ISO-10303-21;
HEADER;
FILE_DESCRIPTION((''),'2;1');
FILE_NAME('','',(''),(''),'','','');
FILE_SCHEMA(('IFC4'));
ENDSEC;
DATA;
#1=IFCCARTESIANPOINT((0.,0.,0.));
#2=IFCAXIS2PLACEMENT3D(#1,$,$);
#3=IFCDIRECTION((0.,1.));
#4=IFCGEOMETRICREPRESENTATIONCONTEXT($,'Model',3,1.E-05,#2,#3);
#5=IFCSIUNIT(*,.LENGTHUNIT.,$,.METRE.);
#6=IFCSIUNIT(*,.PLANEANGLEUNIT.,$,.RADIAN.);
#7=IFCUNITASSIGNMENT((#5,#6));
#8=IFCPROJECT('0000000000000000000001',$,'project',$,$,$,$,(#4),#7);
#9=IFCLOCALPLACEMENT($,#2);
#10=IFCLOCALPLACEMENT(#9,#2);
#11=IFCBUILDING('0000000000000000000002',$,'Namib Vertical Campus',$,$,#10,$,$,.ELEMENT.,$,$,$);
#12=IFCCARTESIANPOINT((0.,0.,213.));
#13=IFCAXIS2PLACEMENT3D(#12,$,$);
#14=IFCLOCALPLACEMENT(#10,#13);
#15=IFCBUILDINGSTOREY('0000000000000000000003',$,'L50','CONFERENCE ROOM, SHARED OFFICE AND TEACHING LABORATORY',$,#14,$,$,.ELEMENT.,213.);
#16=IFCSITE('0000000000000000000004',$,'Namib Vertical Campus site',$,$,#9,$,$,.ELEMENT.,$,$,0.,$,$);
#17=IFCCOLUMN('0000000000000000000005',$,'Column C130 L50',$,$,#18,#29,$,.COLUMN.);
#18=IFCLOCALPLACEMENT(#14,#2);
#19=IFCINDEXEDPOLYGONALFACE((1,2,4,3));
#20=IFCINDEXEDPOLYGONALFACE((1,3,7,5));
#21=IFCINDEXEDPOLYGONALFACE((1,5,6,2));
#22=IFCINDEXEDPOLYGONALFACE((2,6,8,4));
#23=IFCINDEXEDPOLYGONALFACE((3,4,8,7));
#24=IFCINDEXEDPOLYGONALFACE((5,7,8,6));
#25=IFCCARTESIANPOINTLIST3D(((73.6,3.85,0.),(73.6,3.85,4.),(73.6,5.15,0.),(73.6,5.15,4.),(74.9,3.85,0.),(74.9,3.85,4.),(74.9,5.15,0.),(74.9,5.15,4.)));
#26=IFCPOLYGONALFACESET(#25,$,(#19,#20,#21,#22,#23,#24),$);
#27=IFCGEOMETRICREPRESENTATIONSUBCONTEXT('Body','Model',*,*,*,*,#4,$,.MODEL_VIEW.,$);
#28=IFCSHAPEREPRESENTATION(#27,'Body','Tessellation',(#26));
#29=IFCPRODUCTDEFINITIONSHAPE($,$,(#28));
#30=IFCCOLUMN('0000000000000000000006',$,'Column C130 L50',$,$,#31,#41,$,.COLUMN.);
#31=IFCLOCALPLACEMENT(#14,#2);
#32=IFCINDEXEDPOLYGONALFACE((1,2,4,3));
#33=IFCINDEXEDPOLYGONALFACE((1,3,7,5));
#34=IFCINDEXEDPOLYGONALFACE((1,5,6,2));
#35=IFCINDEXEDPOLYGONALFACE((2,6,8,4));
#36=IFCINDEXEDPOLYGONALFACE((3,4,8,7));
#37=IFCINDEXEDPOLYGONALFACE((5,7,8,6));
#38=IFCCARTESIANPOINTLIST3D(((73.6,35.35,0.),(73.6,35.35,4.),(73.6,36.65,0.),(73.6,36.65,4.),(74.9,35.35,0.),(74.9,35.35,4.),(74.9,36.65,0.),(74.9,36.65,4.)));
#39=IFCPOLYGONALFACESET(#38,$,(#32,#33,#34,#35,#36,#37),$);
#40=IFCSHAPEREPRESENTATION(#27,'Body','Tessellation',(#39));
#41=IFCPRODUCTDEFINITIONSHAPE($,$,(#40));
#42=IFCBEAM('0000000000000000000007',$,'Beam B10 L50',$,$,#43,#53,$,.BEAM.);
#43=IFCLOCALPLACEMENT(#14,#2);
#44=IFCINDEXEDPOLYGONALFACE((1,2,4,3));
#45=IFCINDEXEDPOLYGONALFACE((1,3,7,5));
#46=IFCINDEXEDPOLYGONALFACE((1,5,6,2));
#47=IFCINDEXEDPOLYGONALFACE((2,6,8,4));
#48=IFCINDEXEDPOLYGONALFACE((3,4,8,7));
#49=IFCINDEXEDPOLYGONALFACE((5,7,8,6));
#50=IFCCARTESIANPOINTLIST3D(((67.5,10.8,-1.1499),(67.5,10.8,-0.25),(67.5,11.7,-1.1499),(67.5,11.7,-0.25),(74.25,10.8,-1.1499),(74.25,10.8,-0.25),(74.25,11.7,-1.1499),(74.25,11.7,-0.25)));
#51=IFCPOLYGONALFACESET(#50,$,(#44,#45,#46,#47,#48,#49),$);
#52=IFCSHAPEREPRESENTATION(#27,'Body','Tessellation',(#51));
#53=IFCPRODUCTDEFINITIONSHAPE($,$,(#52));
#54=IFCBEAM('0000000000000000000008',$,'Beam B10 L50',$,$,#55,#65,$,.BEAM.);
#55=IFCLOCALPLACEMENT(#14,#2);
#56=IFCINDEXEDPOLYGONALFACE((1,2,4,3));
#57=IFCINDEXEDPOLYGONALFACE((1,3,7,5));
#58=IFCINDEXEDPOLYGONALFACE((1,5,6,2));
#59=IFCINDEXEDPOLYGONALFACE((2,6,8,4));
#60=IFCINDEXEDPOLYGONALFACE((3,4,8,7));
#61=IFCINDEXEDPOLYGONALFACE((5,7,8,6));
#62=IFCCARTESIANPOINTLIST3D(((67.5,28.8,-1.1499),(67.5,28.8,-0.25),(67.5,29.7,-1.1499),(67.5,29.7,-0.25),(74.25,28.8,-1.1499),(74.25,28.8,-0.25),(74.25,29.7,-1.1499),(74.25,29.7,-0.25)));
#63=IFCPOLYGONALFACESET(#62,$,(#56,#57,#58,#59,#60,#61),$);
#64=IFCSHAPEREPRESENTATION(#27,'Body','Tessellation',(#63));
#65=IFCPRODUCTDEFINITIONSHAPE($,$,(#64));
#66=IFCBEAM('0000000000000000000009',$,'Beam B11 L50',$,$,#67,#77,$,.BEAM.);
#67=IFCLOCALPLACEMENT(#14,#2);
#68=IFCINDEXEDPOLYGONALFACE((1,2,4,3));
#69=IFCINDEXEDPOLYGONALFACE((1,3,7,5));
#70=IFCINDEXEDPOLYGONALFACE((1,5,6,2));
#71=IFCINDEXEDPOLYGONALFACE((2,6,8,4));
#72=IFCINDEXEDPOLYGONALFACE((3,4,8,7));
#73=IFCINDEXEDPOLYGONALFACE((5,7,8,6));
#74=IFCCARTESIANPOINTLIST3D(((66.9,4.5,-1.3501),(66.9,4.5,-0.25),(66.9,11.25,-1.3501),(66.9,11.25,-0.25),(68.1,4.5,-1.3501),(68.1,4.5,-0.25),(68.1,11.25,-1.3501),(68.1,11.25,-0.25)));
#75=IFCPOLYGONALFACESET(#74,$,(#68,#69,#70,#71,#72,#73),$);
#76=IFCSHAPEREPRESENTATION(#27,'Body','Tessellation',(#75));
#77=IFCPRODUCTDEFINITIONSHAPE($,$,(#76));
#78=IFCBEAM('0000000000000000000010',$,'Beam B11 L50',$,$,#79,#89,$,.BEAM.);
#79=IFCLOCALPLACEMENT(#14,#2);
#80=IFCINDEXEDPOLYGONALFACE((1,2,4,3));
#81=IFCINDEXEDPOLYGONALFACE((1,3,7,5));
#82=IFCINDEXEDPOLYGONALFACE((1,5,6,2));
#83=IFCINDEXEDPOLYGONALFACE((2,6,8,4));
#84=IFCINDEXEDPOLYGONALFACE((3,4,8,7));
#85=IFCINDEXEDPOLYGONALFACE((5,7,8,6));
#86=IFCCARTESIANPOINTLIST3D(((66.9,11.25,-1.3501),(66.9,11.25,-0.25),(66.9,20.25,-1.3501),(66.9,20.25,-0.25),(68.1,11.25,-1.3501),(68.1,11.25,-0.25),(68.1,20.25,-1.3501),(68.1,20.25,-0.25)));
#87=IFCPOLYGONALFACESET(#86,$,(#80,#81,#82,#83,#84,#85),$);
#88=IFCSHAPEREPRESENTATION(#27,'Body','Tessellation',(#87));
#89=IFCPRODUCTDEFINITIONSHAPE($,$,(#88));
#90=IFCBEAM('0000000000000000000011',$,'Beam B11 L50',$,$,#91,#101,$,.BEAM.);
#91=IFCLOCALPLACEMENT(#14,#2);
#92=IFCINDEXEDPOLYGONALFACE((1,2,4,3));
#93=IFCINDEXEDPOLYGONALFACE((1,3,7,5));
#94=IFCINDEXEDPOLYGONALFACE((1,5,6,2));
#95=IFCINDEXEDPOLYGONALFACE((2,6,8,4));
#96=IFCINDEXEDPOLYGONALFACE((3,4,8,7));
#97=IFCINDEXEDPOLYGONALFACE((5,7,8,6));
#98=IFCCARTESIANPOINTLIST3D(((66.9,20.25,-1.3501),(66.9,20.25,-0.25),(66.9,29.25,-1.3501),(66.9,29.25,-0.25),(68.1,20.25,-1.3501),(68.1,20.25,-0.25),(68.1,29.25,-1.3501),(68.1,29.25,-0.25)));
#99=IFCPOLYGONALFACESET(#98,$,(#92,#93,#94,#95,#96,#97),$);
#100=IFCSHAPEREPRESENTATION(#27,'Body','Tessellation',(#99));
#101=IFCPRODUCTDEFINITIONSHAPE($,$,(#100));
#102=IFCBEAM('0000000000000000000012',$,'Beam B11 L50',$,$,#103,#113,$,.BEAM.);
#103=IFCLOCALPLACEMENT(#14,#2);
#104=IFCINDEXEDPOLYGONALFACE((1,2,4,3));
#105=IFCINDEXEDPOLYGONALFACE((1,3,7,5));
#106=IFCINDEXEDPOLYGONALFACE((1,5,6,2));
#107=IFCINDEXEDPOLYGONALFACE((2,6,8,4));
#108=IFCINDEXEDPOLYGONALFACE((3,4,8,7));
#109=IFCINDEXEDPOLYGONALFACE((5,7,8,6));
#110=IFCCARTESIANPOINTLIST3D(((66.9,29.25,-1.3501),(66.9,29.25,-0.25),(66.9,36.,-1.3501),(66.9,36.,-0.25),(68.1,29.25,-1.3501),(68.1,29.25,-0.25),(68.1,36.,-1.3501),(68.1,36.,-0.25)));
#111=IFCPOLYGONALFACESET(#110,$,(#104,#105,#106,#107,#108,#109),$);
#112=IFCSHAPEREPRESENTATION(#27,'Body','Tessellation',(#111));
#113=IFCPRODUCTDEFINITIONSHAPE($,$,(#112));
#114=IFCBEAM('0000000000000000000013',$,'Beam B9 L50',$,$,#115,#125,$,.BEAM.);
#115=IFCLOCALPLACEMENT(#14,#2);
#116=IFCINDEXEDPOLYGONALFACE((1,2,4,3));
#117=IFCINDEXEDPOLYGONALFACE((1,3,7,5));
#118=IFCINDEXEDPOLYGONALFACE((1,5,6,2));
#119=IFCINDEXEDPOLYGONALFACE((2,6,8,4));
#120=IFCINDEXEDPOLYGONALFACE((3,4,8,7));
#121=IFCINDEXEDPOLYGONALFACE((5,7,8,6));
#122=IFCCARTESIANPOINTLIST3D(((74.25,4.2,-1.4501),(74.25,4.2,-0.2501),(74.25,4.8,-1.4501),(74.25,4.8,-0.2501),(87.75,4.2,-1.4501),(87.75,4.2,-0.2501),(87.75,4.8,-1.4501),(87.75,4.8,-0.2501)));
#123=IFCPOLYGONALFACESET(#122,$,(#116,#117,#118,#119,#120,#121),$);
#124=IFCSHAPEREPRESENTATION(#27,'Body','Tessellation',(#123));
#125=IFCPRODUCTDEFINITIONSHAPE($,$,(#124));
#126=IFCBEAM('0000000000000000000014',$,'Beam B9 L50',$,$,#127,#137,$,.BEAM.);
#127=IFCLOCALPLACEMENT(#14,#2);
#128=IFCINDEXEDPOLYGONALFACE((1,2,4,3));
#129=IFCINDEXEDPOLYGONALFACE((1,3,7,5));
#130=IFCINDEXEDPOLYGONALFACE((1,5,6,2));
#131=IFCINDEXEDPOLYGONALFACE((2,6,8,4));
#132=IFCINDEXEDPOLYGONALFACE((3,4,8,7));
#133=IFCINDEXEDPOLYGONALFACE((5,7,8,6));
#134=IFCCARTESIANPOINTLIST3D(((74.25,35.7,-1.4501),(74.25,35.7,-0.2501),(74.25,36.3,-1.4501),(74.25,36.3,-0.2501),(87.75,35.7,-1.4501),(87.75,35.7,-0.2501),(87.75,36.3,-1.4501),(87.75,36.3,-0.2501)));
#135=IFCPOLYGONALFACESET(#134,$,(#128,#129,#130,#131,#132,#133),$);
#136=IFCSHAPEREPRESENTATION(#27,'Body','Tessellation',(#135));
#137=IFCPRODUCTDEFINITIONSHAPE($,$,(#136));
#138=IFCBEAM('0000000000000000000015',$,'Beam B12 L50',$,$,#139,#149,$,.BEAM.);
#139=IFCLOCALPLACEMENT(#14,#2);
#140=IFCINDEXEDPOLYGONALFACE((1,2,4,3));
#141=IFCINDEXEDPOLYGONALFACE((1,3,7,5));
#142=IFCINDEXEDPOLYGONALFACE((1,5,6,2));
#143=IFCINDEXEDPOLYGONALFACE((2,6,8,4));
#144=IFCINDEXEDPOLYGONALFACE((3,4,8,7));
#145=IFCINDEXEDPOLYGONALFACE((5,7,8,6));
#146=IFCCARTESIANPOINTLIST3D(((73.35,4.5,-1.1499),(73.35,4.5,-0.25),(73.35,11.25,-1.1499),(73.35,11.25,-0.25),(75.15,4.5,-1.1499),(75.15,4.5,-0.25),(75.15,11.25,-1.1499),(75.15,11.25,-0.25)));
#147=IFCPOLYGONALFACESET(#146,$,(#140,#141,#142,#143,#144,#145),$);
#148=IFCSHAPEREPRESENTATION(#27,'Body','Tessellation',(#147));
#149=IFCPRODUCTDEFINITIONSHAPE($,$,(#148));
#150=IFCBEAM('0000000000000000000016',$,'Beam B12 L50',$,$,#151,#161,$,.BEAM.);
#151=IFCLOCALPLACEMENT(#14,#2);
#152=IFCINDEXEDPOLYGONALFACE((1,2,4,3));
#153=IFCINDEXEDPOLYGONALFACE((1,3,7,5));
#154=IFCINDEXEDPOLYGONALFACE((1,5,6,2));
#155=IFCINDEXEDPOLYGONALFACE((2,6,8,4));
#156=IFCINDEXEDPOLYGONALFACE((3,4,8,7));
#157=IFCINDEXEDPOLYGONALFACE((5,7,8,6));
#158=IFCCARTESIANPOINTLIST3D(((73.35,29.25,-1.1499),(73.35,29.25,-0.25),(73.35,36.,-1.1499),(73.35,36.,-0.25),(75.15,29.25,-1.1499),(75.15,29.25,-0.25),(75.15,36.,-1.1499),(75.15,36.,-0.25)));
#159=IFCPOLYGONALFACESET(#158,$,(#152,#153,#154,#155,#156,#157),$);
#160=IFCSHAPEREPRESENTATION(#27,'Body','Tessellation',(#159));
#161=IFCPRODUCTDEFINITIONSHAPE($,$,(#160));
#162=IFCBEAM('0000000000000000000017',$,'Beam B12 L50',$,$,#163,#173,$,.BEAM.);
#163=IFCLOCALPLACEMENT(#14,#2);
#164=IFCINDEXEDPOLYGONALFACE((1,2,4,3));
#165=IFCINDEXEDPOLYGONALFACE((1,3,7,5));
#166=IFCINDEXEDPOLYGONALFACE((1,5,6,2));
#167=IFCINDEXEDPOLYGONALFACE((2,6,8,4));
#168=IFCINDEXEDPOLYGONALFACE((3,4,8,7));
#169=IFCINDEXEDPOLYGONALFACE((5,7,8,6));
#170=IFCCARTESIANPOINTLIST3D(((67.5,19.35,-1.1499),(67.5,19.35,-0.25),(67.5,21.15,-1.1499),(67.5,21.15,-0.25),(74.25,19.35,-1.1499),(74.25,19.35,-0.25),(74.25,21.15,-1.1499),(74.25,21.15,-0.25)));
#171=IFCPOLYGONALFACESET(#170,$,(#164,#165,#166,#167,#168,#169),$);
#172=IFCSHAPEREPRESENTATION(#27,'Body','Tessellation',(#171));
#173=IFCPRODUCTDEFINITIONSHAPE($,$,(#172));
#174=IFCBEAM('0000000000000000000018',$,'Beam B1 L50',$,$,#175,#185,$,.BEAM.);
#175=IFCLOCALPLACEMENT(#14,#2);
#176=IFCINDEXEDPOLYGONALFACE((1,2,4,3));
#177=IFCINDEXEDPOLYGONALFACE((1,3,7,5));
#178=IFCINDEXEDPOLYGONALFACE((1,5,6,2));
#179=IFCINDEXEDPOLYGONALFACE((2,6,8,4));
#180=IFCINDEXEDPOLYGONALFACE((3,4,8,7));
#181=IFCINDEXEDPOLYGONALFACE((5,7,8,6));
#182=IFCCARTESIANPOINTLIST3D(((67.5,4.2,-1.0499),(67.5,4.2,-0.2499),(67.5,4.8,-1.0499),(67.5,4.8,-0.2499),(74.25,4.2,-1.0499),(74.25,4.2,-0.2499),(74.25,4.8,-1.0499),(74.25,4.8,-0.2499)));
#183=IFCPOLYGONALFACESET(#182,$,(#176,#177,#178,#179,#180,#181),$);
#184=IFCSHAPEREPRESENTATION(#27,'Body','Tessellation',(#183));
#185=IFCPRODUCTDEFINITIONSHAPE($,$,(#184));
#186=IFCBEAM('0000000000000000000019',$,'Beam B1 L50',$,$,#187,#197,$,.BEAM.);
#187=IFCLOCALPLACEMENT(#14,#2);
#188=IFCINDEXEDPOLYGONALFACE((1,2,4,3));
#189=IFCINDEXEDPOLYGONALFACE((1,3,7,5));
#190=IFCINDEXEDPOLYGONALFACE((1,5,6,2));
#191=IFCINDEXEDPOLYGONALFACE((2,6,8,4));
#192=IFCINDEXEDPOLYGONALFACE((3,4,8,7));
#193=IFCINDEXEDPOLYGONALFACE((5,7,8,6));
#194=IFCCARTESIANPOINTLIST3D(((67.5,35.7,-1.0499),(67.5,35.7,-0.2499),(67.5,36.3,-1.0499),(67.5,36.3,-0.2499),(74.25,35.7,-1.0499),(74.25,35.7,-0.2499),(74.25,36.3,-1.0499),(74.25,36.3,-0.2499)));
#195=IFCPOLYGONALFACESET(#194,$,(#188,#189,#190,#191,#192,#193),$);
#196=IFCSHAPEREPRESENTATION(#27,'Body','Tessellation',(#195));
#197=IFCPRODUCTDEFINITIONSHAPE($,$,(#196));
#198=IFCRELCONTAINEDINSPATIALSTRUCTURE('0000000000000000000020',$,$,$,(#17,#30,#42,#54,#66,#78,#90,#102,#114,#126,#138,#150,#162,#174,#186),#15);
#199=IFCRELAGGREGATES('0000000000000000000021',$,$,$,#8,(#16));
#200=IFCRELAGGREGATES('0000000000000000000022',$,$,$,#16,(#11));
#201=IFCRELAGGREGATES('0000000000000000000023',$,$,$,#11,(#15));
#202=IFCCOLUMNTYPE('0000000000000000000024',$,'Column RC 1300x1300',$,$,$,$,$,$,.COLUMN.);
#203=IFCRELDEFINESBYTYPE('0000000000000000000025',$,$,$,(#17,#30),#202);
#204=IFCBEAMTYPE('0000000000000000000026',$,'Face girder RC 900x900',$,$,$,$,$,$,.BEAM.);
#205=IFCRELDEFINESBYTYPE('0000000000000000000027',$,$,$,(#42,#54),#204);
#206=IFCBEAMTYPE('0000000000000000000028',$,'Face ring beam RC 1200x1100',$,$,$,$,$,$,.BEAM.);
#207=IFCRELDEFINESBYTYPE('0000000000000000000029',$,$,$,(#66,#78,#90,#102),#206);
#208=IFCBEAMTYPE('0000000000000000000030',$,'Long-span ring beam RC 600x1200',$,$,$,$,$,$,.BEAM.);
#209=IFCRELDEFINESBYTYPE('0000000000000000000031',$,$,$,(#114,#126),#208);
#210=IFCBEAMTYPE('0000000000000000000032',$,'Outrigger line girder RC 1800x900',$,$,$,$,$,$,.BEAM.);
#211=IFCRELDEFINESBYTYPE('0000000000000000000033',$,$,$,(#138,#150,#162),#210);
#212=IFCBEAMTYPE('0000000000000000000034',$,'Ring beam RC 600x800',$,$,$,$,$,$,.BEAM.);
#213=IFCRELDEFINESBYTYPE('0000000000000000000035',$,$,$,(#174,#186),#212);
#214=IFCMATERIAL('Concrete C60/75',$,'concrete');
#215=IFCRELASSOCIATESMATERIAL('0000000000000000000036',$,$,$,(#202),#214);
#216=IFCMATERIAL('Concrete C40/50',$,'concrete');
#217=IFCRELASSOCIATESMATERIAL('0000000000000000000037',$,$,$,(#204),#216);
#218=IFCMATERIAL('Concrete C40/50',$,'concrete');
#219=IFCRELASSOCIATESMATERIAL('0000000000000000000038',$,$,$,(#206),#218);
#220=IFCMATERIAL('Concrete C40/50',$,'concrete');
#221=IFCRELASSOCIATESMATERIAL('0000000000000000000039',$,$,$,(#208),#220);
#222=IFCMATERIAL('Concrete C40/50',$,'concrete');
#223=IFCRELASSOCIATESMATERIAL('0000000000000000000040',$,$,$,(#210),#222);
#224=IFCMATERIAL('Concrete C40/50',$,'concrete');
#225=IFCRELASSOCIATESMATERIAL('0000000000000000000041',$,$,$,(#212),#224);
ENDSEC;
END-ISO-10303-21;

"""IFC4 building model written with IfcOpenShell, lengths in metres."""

from ifc_helpers import new_model, si_unit, direction, frame, origin, origin_2d, place, context, subcontext, project, spatial, rectangle, extrude, material, material_profile, profile_set, type_object, element, save


model = new_model("IFC4")

# Units and contexts
model_context = context("Model", 3, precision=1e-05, world=origin(), true_north=direction((0.0, 1.0)))
body_context = subcontext(model_context, "Body", "Model", "MODEL_VIEW")
ifc_project = project(units=[si_unit("LENGTHUNIT", "METRE"), si_unit("PLANEANGLEUNIT", "RADIAN")], contexts=[model_context])

# Site, building, storey
site_placement = place(None, origin())
site = spatial("IfcSite", under=ifc_project, at=site_placement, Name="Namib Vertical Campus site", CompositionType="ELEMENT", RefElevation=0.0)
building_placement = place(site_placement, origin())
building = spatial("IfcBuilding", under=site, at=building_placement, Name="Namib Vertical Campus", CompositionType="ELEMENT")
storey_placement = place(building_placement, frame((0.0, 0.0, 213.0)))
storey = spatial("IfcBuildingStorey", under=building, at=storey_placement, Name="L50", Description="CONFERENCE ROOM, SHARED OFFICE AND TEACHING LABORATORY", CompositionType="ELEMENT", Elevation=213.0)

# Columns
ifc_material_1 = material(Name="Concrete C60/75", Category="concrete")
ifc_material_profile_1 = material_profile(ifc_material_1, rectangle(XDim=1.3, YDim=1.3, at=origin_2d()))
ifc_profile_set_1 = profile_set([ifc_material_profile_1], Name="Concrete C60/75")
column_type = type_object("IfcColumnType", Name="Column RC 1300x1300", PredefinedType="COLUMN", material=ifc_profile_set_1)
for number, where, z_axis, x_axis, name in (
    (1, (74.25, 4.5, 0.0), (0.0, 0.0, 1.0), (1.0, 0.0, 0.0), "Column C130 L50"),
    (2, (74.25, 36.0, 0.0), (0.0, 0.0, 1.0), (1.0, 0.0, 0.0), "Column C130 L50"),
):
    element("IfcColumn", number, at=place(storey_placement, frame(where, z_axis=z_axis, x_axis=x_axis)), inside=storey, type_object=column_type, Name=name, PredefinedType="COLUMN", context=body_context, shape_type="SweptSolid", body=[
        extrude(rectangle(XDim=1.3, YDim=1.3, at=origin_2d()), origin(), (0.0, 0.0, 1.0), 4.0),
    ])

# Beams
ifc_material_2 = material(Name="Concrete C40/50", Category="concrete")
ifc_material_profile_2 = material_profile(ifc_material_2, rectangle(XDim=0.8999, YDim=0.8999, at=origin_2d()))
ifc_profile_set_2 = profile_set([ifc_material_profile_2], Name="Concrete C40/50")
beam_type_1 = type_object("IfcBeamType", Name="Face girder RC 900x900", PredefinedType="BEAM", material=ifc_profile_set_2)
for number, where, z_axis, x_axis, name in (
    (3, (67.5, 11.25, -0.7), (1.0, 0.0, 0.0), (0.0, 1.0, 0.0), "Beam B10 L50"),
    (4, (67.5, 29.25, -0.7), (1.0, 0.0, 0.0), (0.0, 1.0, 0.0), "Beam B10 L50"),
):
    element("IfcBeam", number, at=place(storey_placement, frame(where, z_axis=z_axis, x_axis=x_axis)), inside=storey, type_object=beam_type_1, Name=name, PredefinedType="BEAM", context=body_context, shape_type="SweptSolid", body=[
        extrude(rectangle(XDim=0.8999, YDim=0.8999, at=origin_2d()), origin(), (0.0, 0.0, 1.0), 6.75),
    ])
ifc_material_3 = material(Name="Concrete C40/50", Category="concrete")
ifc_material_profile_3 = material_profile(ifc_material_3, rectangle(XDim=1.2, YDim=1.1001, at=origin_2d()))
ifc_profile_set_3 = profile_set([ifc_material_profile_3], Name="Concrete C40/50")
beam_type_2 = type_object("IfcBeamType", Name="Face ring beam RC 1200x1100", PredefinedType="BEAM", material=ifc_profile_set_3)
beam_1_placement = place(storey_placement, frame((67.5, 4.5, -0.8), z_axis=(0.0, 1.0, 0.0), x_axis=(-1.0, 0.0, 0.0)))
element("IfcBeam", 5, at=beam_1_placement, inside=storey, type_object=beam_type_2, Name="Beam B11 L50", PredefinedType="BEAM", context=body_context, shape_type="SweptSolid", body=[
    extrude(rectangle(XDim=1.2, YDim=1.1001, at=origin_2d()), origin(), (0.0, 0.0, 1.0), 6.75),
])
for number, where, z_axis, x_axis, name in (
    (6, (67.5, 11.25, -0.8), (0.0, 1.0, 0.0), (-1.0, 0.0, 0.0), "Beam B11 L50"),
    (7, (67.5, 20.25, -0.8), (0.0, 1.0, 0.0), (-1.0, 0.0, 0.0), "Beam B11 L50"),
):
    element("IfcBeam", number, at=place(storey_placement, frame(where, z_axis=z_axis, x_axis=x_axis)), inside=storey, type_object=beam_type_2, Name=name, PredefinedType="BEAM", context=body_context, shape_type="SweptSolid", body=[
        extrude(rectangle(XDim=1.2, YDim=1.1001, at=origin_2d()), origin(), (0.0, 0.0, 1.0), 9.0),
    ])
beam_2_placement = place(storey_placement, frame((67.5, 29.25, -0.8), z_axis=(0.0, 1.0, 0.0), x_axis=(-1.0, 0.0, 0.0)))
element("IfcBeam", 8, at=beam_2_placement, inside=storey, type_object=beam_type_2, Name="Beam B11 L50", PredefinedType="BEAM", context=body_context, shape_type="SweptSolid", body=[
    extrude(rectangle(XDim=1.2, YDim=1.1001, at=origin_2d()), origin(), (0.0, 0.0, 1.0), 6.75),
])
ifc_material_4 = material(Name="Concrete C40/50", Category="concrete")
ifc_material_profile_4 = material_profile(ifc_material_4, rectangle(XDim=0.6001, YDim=1.2, at=origin_2d()))
ifc_profile_set_4 = profile_set([ifc_material_profile_4], Name="Concrete C40/50")
beam_type_3 = type_object("IfcBeamType", Name="Long-span ring beam RC 600x1200", PredefinedType="BEAM", material=ifc_profile_set_4)
for number, where, z_axis, x_axis, name in (
    (9, (74.25, 4.5, -0.8501), (1.0, 0.0, 0.0), (0.0, 1.0, 0.0), "Beam B9 L50"),
    (10, (74.25, 36.0, -0.8501), (1.0, 0.0, 0.0), (0.0, 1.0, 0.0), "Beam B9 L50"),
):
    element("IfcBeam", number, at=place(storey_placement, frame(where, z_axis=z_axis, x_axis=x_axis)), inside=storey, type_object=beam_type_3, Name=name, PredefinedType="BEAM", context=body_context, shape_type="SweptSolid", body=[
        extrude(rectangle(XDim=0.6001, YDim=1.2, at=origin_2d()), origin(), (0.0, 0.0, 1.0), 13.5),
    ])
ifc_material_5 = material(Name="Concrete C40/50", Category="concrete")
ifc_material_profile_5 = material_profile(ifc_material_5, rectangle(XDim=1.8, YDim=0.8999, at=origin_2d()))
ifc_profile_set_5 = profile_set([ifc_material_profile_5], Name="Concrete C40/50")
beam_type_4 = type_object("IfcBeamType", Name="Outrigger line girder RC 1800x900", PredefinedType="BEAM", material=ifc_profile_set_5)
for number, where, z_axis, x_axis, name in (
    (11, (74.25, 4.5, -0.7), (0.0, 1.0, 0.0), (-1.0, 0.0, 0.0), "Beam B12 L50"),
    (12, (74.25, 36.0, -0.7), (0.0, -1.0, 0.0), (1.0, 0.0, 0.0), "Beam B12 L50"),
    (13, (67.5, 20.25, -0.7), (1.0, 0.0, 0.0), (0.0, 1.0, 0.0), "Beam B12 L50"),
):
    element("IfcBeam", number, at=place(storey_placement, frame(where, z_axis=z_axis, x_axis=x_axis)), inside=storey, type_object=beam_type_4, Name=name, PredefinedType="BEAM", context=body_context, shape_type="SweptSolid", body=[
        extrude(rectangle(XDim=1.8, YDim=0.8999, at=origin_2d()), origin(), (0.0, 0.0, 1.0), 6.75),
    ])
ifc_material_6 = material(Name="Concrete C40/50", Category="concrete")
ifc_material_profile_6 = material_profile(ifc_material_6, rectangle(XDim=0.6001, YDim=0.8, at=origin_2d()))
ifc_profile_set_6 = profile_set([ifc_material_profile_6], Name="Concrete C40/50")
beam_type_5 = type_object("IfcBeamType", Name="Ring beam RC 600x800", PredefinedType="BEAM", material=ifc_profile_set_6)
for number, where, z_axis, x_axis, name in (
    (14, (67.5, 4.5, -0.6499), (1.0, 0.0, 0.0), (0.0, 1.0, 0.0), "Beam B1 L50"),
    (15, (67.5, 36.0, -0.6499), (1.0, 0.0, 0.0), (0.0, 1.0, 0.0), "Beam B1 L50"),
):
    element("IfcBeam", number, at=place(storey_placement, frame(where, z_axis=z_axis, x_axis=x_axis)), inside=storey, type_object=beam_type_5, Name=name, PredefinedType="BEAM", context=body_context, shape_type="SweptSolid", body=[
        extrude(rectangle(XDim=0.6001, YDim=0.8, at=origin_2d()), origin(), (0.0, 0.0, 1.0), 6.75),
    ])

save(model, "model.ifc")
